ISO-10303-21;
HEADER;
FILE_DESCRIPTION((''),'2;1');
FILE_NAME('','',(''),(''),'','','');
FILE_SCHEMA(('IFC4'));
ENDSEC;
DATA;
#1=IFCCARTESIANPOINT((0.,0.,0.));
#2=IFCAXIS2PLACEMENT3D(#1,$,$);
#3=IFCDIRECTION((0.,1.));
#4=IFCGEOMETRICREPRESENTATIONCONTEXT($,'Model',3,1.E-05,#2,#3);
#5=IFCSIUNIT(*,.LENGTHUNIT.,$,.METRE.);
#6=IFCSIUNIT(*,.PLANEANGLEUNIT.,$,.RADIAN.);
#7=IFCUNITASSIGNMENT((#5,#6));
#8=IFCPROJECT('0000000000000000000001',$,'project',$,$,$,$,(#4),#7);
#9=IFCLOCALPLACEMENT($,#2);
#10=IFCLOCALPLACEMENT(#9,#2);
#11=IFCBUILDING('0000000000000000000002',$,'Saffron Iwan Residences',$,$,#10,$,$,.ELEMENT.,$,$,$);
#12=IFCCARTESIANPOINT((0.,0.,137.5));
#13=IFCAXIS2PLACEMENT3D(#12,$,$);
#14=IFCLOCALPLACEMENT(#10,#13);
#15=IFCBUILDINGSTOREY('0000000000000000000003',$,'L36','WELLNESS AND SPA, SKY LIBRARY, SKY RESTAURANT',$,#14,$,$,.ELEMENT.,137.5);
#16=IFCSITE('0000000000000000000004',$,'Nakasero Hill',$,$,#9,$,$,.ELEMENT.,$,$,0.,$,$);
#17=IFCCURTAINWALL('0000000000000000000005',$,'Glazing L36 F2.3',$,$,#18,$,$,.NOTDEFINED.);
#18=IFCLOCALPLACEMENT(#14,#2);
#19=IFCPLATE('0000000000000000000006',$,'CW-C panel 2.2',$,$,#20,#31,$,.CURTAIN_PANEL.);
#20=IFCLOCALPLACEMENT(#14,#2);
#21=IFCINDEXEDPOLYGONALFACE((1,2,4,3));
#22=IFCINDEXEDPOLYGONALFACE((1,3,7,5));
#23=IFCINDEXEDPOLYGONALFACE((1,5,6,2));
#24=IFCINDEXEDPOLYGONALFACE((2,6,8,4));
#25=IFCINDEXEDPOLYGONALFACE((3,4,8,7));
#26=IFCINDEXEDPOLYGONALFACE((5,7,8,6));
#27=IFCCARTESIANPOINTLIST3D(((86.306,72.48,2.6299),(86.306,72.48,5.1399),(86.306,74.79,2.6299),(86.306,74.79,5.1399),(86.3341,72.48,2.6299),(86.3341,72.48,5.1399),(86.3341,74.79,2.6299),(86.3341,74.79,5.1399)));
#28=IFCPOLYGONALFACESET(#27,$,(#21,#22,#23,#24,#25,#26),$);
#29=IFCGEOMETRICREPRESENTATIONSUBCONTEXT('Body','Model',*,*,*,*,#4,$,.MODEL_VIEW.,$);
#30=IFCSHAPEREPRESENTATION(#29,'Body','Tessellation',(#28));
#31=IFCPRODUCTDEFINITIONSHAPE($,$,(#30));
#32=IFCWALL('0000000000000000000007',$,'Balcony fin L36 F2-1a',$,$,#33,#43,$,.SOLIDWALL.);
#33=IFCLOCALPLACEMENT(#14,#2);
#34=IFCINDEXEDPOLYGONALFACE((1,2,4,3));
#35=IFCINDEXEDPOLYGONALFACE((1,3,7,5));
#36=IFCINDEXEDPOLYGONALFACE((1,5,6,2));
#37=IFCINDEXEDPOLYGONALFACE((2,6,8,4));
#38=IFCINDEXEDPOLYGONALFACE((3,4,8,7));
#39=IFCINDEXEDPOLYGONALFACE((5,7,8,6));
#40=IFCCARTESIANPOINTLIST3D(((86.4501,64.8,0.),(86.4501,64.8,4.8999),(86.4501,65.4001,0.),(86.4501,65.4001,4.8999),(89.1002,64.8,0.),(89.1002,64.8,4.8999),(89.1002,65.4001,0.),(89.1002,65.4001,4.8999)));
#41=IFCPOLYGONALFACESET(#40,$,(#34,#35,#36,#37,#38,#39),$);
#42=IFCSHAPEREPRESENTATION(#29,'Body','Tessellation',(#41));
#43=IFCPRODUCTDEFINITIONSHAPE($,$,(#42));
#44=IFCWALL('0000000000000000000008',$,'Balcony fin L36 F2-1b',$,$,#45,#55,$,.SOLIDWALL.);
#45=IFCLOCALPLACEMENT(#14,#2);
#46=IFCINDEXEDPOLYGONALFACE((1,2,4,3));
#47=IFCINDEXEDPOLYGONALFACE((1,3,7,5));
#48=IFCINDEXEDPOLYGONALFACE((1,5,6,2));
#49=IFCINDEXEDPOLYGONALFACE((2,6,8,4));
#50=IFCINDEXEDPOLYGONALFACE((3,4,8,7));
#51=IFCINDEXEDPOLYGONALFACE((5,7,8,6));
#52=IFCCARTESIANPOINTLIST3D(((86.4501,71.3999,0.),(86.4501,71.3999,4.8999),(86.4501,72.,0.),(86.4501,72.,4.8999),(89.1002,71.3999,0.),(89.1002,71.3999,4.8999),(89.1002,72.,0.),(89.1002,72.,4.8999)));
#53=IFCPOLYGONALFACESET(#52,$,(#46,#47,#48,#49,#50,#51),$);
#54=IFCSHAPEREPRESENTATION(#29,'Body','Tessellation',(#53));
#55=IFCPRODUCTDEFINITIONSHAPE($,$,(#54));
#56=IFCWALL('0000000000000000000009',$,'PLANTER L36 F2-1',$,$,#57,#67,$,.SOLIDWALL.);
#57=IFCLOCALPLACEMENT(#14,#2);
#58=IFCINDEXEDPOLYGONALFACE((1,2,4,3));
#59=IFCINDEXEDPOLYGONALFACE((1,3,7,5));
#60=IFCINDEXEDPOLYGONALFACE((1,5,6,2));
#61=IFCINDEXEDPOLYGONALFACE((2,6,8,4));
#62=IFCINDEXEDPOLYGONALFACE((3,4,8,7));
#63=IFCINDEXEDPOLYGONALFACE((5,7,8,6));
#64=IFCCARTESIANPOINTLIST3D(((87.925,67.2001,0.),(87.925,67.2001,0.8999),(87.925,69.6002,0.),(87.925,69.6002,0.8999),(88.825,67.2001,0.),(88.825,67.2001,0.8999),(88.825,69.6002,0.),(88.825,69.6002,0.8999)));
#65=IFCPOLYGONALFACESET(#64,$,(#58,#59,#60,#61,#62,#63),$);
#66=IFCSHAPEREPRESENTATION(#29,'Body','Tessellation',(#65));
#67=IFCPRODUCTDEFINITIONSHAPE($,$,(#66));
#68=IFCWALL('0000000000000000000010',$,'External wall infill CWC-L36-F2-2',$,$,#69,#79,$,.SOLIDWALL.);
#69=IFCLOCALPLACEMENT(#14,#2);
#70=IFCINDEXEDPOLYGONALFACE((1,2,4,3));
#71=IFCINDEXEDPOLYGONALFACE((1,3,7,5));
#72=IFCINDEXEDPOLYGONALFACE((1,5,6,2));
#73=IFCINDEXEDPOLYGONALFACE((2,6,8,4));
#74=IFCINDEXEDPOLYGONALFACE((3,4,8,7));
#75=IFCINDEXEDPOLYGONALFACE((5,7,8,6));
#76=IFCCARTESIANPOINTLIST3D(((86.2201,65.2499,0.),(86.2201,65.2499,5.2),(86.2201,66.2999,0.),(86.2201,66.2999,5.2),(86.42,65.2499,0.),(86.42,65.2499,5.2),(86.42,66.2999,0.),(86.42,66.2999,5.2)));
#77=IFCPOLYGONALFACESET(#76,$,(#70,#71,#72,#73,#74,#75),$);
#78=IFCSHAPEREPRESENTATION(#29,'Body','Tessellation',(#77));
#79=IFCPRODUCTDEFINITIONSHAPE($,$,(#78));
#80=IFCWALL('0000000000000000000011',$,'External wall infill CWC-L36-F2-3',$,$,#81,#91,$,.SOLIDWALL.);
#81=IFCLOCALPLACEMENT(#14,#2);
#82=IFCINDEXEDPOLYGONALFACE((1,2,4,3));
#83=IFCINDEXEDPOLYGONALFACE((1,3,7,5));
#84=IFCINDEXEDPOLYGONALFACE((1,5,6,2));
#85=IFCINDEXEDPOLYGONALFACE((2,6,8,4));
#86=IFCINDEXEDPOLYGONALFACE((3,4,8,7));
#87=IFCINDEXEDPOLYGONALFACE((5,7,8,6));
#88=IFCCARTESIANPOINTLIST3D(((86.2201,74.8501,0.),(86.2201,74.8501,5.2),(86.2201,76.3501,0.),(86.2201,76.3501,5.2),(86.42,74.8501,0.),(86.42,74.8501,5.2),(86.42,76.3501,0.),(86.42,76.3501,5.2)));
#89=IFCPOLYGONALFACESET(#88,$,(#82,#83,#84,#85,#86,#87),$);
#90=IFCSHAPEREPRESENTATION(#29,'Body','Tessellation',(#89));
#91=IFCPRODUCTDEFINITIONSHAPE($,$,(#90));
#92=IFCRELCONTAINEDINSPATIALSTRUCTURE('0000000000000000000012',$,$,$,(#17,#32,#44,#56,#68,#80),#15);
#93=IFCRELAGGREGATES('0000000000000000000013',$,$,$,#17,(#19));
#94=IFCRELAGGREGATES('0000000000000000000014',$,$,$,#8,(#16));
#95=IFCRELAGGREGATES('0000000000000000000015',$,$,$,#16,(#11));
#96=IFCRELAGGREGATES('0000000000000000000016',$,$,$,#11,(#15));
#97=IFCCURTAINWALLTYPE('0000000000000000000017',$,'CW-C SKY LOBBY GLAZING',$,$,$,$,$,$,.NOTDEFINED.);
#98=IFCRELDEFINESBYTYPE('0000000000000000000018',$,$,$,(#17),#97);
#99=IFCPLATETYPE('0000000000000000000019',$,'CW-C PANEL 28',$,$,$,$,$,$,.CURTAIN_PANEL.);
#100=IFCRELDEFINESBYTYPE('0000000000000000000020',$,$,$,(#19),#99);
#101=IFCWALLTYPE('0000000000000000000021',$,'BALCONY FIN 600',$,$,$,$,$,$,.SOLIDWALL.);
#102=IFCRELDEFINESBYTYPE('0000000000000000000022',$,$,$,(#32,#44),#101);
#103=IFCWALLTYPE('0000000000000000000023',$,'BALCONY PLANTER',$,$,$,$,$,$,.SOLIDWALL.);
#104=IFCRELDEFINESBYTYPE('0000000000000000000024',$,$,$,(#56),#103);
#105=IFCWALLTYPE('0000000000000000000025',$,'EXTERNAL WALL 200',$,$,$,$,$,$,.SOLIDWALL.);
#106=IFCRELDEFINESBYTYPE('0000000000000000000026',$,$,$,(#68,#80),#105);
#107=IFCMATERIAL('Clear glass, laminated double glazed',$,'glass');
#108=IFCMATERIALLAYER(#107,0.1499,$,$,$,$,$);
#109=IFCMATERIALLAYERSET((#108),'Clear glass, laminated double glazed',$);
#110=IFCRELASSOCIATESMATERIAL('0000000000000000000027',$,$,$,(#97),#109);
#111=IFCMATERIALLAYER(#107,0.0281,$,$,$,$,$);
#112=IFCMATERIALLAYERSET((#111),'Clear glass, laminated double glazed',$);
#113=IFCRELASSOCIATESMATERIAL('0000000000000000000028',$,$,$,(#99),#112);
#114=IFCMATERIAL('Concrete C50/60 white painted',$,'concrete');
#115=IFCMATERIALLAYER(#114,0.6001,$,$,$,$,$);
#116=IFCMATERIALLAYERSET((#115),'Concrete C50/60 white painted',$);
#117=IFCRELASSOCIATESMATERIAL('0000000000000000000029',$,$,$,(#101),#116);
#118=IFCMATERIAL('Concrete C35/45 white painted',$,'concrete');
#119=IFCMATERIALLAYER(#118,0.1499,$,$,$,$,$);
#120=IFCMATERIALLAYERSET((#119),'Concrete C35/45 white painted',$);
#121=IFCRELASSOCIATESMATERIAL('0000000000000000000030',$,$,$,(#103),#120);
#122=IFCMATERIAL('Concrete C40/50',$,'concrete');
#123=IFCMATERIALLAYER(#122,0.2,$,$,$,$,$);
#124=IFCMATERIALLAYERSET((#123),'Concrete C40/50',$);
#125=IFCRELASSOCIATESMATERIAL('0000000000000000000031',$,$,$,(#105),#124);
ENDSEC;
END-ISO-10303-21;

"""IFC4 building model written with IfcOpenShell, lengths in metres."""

from ifc_helpers import new_model, si_unit, direction, frame, frame_2d, origin, origin_2d, place, context, subcontext, project, spatial, rectangle, extrude, source, transform, mapped, material, layer, layer_set, type_object, element, aggregate, save


model = new_model("IFC4")

# Units and contexts
model_context = context("Model", 3, precision=1e-05, world=origin(), true_north=direction((0.0, 1.0)))
body_context = subcontext(model_context, "Body", "Model", "MODEL_VIEW")
ifc_project = project(units=[si_unit("LENGTHUNIT", "METRE"), si_unit("PLANEANGLEUNIT", "RADIAN")], contexts=[model_context])

# Site, building, storey
site_placement = place(None, origin())
site = spatial("IfcSite", under=ifc_project, at=site_placement, Name="Nakasero Hill", CompositionType="ELEMENT", RefElevation=0.0)
building_placement = place(site_placement, origin())
building = spatial("IfcBuilding", under=site, at=building_placement, Name="Saffron Iwan Residences", CompositionType="ELEMENT")
storey_placement = place(building_placement, frame((0.0, 0.0, 137.5)))
storey = spatial("IfcBuildingStorey", under=building, at=storey_placement, Name="L36", Description="WELLNESS AND SPA, SKY LIBRARY, SKY RESTAURANT", CompositionType="ELEMENT", Elevation=137.5)

# Shared definitions
ifc_material_1 = material(Name="Concrete C50/60 white painted", Category="concrete")

# Shared definitions
ifc_material_2 = material(Name="Clear glass, laminated double glazed", Category="glass")
ifc_layer_1 = layer(ifc_material_2, 0.1499)
ifc_layer_set_1 = layer_set([ifc_layer_1], Name="Clear glass, laminated double glazed")
curtain_wall_type = type_object("IfcCurtainWallType", Name="CW-C SKY LOBBY GLAZING", PredefinedType="NOTDEFINED", material=ifc_layer_set_1)

# Curtain wall, plate
curtain_wall_1_placement = place(storey_placement, origin())
curtain_wall_1 = element("IfcCurtainWall", 1, at=curtain_wall_1_placement, inside=storey, type_object=curtain_wall_type, Name="Glazing L36 F2.3", PredefinedType="NOTDEFINED")
ifc_layer_2 = layer(ifc_material_2, 0.0281)
ifc_layer_set_2 = layer_set([ifc_layer_2], Name="Clear glass, laminated double glazed")
plate_type = type_object("IfcPlateType", Name="CW-C PANEL 28", PredefinedType="CURTAIN_PANEL", material=ifc_layer_set_2)
shared_shape_1 = source(origin(), body_context, "Body", "SweptSolid", [
    extrude(rectangle(XDim=2.3101, YDim=0.0281, at=origin_2d()), origin(), (0.0, 0.0, 1.0), 2.51),
])
plate_1_placement = place(storey_placement, frame((86.3201, 73.635, 2.6299), z_axis=(0.0, 0.0, 1.0), x_axis=(0.0, 1.0, 0.0)))
plate_1 = element("IfcPlate", 2, at=plate_1_placement, type_object=plate_type, Name="CW-C panel 2.2", PredefinedType="CURTAIN_PANEL", context=body_context, shape_type="MappedRepresentation", body=[
    mapped(shared_shape_1, transform((0.0, 0.0, 0.0))),
])
aggregate(curtain_wall_1, [plate_1])

# Walls
ifc_layer_3 = layer(ifc_material_1, 0.6001)
ifc_layer_set_3 = layer_set([ifc_layer_3], Name="Concrete C50/60 white painted")
wall_type_1 = type_object("IfcWallType", Name="BALCONY FIN 600", PredefinedType="SOLIDWALL", material=ifc_layer_set_3)
for number, where, z_axis, x_axis, name in (
    (3, (86.45, 65.1001, 0.0), (0.0, 0.0, 1.0), (1.0, 0.0, 0.0), "Balcony fin L36 F2-1a"),
    (4, (86.45, 71.7, 0.0), (0.0, 0.0, 1.0), (1.0, 0.0, 0.0), "Balcony fin L36 F2-1b"),
):
    element("IfcWall", number, at=place(storey_placement, frame(where, z_axis=z_axis, x_axis=x_axis)), inside=storey, type_object=wall_type_1, Name=name, PredefinedType="SOLIDWALL", context=body_context, shape_type="SweptSolid", body=[
        extrude(rectangle(XDim=2.6501, YDim=0.6001, at=frame_2d((1.3252, 0.0))), origin(), (0.0, 0.0, 1.0), 4.8999),
    ])
ifc_material_3 = material(Name="Concrete C35/45 white painted", Category="concrete")
ifc_layer_4 = layer(ifc_material_3, 0.1499)
ifc_layer_set_4 = layer_set([ifc_layer_4], Name="Concrete C35/45 white painted")
wall_type_2 = type_object("IfcWallType", Name="BALCONY PLANTER", PredefinedType="SOLIDWALL", material=ifc_layer_set_4)
wall_1_placement = place(storey_placement, frame((88.375, 67.2, 0.0), z_axis=(0.0, 0.0, 1.0), x_axis=(0.0, 1.0, 0.0)))
element("IfcWall", 5, at=wall_1_placement, inside=storey, type_object=wall_type_2, Name="PLANTER L36 F2-1", PredefinedType="SOLIDWALL", context=body_context, shape_type="SweptSolid", body=[
    extrude(rectangle(XDim=2.4001, YDim=0.8999, at=frame_2d((1.2002, 0.0))), origin(), (0.0, 0.0, 1.0), 0.8999),
])
ifc_material_4 = material(Name="Concrete C40/50", Category="concrete")
ifc_layer_5 = layer(ifc_material_4, 0.2)
ifc_layer_set_5 = layer_set([ifc_layer_5], Name="Concrete C40/50")
wall_type_3 = type_object("IfcWallType", Name="EXTERNAL WALL 200", PredefinedType="SOLIDWALL", material=ifc_layer_set_5)
wall_2_placement = place(storey_placement, frame((86.3201, 65.25, 0.0), z_axis=(0.0, 0.0, 1.0), x_axis=(0.0, 1.0, 0.0)))
element("IfcWall", 6, at=wall_2_placement, inside=storey, type_object=wall_type_3, Name="External wall infill CWC-L36-F2-2", PredefinedType="SOLIDWALL", context=body_context, shape_type="SweptSolid", body=[
    extrude(rectangle(XDim=1.05, YDim=0.2, at=frame_2d((0.5249, 0.0))), origin(), (0.0, 0.0, 1.0), 5.2),
])
wall_3_placement = place(storey_placement, frame((86.3201, 74.8501, 0.0), z_axis=(0.0, 0.0, 1.0), x_axis=(0.0, 1.0, 0.0)))
element("IfcWall", 7, at=wall_3_placement, inside=storey, type_object=wall_type_3, Name="External wall infill CWC-L36-F2-3", PredefinedType="SOLIDWALL", context=body_context, shape_type="SweptSolid", body=[
    extrude(rectangle(XDim=1.5, YDim=0.2, at=frame_2d((0.75, 0.0))), origin(), (0.0, 0.0, 1.0), 5.2),
])

save(model, "model.ifc")
